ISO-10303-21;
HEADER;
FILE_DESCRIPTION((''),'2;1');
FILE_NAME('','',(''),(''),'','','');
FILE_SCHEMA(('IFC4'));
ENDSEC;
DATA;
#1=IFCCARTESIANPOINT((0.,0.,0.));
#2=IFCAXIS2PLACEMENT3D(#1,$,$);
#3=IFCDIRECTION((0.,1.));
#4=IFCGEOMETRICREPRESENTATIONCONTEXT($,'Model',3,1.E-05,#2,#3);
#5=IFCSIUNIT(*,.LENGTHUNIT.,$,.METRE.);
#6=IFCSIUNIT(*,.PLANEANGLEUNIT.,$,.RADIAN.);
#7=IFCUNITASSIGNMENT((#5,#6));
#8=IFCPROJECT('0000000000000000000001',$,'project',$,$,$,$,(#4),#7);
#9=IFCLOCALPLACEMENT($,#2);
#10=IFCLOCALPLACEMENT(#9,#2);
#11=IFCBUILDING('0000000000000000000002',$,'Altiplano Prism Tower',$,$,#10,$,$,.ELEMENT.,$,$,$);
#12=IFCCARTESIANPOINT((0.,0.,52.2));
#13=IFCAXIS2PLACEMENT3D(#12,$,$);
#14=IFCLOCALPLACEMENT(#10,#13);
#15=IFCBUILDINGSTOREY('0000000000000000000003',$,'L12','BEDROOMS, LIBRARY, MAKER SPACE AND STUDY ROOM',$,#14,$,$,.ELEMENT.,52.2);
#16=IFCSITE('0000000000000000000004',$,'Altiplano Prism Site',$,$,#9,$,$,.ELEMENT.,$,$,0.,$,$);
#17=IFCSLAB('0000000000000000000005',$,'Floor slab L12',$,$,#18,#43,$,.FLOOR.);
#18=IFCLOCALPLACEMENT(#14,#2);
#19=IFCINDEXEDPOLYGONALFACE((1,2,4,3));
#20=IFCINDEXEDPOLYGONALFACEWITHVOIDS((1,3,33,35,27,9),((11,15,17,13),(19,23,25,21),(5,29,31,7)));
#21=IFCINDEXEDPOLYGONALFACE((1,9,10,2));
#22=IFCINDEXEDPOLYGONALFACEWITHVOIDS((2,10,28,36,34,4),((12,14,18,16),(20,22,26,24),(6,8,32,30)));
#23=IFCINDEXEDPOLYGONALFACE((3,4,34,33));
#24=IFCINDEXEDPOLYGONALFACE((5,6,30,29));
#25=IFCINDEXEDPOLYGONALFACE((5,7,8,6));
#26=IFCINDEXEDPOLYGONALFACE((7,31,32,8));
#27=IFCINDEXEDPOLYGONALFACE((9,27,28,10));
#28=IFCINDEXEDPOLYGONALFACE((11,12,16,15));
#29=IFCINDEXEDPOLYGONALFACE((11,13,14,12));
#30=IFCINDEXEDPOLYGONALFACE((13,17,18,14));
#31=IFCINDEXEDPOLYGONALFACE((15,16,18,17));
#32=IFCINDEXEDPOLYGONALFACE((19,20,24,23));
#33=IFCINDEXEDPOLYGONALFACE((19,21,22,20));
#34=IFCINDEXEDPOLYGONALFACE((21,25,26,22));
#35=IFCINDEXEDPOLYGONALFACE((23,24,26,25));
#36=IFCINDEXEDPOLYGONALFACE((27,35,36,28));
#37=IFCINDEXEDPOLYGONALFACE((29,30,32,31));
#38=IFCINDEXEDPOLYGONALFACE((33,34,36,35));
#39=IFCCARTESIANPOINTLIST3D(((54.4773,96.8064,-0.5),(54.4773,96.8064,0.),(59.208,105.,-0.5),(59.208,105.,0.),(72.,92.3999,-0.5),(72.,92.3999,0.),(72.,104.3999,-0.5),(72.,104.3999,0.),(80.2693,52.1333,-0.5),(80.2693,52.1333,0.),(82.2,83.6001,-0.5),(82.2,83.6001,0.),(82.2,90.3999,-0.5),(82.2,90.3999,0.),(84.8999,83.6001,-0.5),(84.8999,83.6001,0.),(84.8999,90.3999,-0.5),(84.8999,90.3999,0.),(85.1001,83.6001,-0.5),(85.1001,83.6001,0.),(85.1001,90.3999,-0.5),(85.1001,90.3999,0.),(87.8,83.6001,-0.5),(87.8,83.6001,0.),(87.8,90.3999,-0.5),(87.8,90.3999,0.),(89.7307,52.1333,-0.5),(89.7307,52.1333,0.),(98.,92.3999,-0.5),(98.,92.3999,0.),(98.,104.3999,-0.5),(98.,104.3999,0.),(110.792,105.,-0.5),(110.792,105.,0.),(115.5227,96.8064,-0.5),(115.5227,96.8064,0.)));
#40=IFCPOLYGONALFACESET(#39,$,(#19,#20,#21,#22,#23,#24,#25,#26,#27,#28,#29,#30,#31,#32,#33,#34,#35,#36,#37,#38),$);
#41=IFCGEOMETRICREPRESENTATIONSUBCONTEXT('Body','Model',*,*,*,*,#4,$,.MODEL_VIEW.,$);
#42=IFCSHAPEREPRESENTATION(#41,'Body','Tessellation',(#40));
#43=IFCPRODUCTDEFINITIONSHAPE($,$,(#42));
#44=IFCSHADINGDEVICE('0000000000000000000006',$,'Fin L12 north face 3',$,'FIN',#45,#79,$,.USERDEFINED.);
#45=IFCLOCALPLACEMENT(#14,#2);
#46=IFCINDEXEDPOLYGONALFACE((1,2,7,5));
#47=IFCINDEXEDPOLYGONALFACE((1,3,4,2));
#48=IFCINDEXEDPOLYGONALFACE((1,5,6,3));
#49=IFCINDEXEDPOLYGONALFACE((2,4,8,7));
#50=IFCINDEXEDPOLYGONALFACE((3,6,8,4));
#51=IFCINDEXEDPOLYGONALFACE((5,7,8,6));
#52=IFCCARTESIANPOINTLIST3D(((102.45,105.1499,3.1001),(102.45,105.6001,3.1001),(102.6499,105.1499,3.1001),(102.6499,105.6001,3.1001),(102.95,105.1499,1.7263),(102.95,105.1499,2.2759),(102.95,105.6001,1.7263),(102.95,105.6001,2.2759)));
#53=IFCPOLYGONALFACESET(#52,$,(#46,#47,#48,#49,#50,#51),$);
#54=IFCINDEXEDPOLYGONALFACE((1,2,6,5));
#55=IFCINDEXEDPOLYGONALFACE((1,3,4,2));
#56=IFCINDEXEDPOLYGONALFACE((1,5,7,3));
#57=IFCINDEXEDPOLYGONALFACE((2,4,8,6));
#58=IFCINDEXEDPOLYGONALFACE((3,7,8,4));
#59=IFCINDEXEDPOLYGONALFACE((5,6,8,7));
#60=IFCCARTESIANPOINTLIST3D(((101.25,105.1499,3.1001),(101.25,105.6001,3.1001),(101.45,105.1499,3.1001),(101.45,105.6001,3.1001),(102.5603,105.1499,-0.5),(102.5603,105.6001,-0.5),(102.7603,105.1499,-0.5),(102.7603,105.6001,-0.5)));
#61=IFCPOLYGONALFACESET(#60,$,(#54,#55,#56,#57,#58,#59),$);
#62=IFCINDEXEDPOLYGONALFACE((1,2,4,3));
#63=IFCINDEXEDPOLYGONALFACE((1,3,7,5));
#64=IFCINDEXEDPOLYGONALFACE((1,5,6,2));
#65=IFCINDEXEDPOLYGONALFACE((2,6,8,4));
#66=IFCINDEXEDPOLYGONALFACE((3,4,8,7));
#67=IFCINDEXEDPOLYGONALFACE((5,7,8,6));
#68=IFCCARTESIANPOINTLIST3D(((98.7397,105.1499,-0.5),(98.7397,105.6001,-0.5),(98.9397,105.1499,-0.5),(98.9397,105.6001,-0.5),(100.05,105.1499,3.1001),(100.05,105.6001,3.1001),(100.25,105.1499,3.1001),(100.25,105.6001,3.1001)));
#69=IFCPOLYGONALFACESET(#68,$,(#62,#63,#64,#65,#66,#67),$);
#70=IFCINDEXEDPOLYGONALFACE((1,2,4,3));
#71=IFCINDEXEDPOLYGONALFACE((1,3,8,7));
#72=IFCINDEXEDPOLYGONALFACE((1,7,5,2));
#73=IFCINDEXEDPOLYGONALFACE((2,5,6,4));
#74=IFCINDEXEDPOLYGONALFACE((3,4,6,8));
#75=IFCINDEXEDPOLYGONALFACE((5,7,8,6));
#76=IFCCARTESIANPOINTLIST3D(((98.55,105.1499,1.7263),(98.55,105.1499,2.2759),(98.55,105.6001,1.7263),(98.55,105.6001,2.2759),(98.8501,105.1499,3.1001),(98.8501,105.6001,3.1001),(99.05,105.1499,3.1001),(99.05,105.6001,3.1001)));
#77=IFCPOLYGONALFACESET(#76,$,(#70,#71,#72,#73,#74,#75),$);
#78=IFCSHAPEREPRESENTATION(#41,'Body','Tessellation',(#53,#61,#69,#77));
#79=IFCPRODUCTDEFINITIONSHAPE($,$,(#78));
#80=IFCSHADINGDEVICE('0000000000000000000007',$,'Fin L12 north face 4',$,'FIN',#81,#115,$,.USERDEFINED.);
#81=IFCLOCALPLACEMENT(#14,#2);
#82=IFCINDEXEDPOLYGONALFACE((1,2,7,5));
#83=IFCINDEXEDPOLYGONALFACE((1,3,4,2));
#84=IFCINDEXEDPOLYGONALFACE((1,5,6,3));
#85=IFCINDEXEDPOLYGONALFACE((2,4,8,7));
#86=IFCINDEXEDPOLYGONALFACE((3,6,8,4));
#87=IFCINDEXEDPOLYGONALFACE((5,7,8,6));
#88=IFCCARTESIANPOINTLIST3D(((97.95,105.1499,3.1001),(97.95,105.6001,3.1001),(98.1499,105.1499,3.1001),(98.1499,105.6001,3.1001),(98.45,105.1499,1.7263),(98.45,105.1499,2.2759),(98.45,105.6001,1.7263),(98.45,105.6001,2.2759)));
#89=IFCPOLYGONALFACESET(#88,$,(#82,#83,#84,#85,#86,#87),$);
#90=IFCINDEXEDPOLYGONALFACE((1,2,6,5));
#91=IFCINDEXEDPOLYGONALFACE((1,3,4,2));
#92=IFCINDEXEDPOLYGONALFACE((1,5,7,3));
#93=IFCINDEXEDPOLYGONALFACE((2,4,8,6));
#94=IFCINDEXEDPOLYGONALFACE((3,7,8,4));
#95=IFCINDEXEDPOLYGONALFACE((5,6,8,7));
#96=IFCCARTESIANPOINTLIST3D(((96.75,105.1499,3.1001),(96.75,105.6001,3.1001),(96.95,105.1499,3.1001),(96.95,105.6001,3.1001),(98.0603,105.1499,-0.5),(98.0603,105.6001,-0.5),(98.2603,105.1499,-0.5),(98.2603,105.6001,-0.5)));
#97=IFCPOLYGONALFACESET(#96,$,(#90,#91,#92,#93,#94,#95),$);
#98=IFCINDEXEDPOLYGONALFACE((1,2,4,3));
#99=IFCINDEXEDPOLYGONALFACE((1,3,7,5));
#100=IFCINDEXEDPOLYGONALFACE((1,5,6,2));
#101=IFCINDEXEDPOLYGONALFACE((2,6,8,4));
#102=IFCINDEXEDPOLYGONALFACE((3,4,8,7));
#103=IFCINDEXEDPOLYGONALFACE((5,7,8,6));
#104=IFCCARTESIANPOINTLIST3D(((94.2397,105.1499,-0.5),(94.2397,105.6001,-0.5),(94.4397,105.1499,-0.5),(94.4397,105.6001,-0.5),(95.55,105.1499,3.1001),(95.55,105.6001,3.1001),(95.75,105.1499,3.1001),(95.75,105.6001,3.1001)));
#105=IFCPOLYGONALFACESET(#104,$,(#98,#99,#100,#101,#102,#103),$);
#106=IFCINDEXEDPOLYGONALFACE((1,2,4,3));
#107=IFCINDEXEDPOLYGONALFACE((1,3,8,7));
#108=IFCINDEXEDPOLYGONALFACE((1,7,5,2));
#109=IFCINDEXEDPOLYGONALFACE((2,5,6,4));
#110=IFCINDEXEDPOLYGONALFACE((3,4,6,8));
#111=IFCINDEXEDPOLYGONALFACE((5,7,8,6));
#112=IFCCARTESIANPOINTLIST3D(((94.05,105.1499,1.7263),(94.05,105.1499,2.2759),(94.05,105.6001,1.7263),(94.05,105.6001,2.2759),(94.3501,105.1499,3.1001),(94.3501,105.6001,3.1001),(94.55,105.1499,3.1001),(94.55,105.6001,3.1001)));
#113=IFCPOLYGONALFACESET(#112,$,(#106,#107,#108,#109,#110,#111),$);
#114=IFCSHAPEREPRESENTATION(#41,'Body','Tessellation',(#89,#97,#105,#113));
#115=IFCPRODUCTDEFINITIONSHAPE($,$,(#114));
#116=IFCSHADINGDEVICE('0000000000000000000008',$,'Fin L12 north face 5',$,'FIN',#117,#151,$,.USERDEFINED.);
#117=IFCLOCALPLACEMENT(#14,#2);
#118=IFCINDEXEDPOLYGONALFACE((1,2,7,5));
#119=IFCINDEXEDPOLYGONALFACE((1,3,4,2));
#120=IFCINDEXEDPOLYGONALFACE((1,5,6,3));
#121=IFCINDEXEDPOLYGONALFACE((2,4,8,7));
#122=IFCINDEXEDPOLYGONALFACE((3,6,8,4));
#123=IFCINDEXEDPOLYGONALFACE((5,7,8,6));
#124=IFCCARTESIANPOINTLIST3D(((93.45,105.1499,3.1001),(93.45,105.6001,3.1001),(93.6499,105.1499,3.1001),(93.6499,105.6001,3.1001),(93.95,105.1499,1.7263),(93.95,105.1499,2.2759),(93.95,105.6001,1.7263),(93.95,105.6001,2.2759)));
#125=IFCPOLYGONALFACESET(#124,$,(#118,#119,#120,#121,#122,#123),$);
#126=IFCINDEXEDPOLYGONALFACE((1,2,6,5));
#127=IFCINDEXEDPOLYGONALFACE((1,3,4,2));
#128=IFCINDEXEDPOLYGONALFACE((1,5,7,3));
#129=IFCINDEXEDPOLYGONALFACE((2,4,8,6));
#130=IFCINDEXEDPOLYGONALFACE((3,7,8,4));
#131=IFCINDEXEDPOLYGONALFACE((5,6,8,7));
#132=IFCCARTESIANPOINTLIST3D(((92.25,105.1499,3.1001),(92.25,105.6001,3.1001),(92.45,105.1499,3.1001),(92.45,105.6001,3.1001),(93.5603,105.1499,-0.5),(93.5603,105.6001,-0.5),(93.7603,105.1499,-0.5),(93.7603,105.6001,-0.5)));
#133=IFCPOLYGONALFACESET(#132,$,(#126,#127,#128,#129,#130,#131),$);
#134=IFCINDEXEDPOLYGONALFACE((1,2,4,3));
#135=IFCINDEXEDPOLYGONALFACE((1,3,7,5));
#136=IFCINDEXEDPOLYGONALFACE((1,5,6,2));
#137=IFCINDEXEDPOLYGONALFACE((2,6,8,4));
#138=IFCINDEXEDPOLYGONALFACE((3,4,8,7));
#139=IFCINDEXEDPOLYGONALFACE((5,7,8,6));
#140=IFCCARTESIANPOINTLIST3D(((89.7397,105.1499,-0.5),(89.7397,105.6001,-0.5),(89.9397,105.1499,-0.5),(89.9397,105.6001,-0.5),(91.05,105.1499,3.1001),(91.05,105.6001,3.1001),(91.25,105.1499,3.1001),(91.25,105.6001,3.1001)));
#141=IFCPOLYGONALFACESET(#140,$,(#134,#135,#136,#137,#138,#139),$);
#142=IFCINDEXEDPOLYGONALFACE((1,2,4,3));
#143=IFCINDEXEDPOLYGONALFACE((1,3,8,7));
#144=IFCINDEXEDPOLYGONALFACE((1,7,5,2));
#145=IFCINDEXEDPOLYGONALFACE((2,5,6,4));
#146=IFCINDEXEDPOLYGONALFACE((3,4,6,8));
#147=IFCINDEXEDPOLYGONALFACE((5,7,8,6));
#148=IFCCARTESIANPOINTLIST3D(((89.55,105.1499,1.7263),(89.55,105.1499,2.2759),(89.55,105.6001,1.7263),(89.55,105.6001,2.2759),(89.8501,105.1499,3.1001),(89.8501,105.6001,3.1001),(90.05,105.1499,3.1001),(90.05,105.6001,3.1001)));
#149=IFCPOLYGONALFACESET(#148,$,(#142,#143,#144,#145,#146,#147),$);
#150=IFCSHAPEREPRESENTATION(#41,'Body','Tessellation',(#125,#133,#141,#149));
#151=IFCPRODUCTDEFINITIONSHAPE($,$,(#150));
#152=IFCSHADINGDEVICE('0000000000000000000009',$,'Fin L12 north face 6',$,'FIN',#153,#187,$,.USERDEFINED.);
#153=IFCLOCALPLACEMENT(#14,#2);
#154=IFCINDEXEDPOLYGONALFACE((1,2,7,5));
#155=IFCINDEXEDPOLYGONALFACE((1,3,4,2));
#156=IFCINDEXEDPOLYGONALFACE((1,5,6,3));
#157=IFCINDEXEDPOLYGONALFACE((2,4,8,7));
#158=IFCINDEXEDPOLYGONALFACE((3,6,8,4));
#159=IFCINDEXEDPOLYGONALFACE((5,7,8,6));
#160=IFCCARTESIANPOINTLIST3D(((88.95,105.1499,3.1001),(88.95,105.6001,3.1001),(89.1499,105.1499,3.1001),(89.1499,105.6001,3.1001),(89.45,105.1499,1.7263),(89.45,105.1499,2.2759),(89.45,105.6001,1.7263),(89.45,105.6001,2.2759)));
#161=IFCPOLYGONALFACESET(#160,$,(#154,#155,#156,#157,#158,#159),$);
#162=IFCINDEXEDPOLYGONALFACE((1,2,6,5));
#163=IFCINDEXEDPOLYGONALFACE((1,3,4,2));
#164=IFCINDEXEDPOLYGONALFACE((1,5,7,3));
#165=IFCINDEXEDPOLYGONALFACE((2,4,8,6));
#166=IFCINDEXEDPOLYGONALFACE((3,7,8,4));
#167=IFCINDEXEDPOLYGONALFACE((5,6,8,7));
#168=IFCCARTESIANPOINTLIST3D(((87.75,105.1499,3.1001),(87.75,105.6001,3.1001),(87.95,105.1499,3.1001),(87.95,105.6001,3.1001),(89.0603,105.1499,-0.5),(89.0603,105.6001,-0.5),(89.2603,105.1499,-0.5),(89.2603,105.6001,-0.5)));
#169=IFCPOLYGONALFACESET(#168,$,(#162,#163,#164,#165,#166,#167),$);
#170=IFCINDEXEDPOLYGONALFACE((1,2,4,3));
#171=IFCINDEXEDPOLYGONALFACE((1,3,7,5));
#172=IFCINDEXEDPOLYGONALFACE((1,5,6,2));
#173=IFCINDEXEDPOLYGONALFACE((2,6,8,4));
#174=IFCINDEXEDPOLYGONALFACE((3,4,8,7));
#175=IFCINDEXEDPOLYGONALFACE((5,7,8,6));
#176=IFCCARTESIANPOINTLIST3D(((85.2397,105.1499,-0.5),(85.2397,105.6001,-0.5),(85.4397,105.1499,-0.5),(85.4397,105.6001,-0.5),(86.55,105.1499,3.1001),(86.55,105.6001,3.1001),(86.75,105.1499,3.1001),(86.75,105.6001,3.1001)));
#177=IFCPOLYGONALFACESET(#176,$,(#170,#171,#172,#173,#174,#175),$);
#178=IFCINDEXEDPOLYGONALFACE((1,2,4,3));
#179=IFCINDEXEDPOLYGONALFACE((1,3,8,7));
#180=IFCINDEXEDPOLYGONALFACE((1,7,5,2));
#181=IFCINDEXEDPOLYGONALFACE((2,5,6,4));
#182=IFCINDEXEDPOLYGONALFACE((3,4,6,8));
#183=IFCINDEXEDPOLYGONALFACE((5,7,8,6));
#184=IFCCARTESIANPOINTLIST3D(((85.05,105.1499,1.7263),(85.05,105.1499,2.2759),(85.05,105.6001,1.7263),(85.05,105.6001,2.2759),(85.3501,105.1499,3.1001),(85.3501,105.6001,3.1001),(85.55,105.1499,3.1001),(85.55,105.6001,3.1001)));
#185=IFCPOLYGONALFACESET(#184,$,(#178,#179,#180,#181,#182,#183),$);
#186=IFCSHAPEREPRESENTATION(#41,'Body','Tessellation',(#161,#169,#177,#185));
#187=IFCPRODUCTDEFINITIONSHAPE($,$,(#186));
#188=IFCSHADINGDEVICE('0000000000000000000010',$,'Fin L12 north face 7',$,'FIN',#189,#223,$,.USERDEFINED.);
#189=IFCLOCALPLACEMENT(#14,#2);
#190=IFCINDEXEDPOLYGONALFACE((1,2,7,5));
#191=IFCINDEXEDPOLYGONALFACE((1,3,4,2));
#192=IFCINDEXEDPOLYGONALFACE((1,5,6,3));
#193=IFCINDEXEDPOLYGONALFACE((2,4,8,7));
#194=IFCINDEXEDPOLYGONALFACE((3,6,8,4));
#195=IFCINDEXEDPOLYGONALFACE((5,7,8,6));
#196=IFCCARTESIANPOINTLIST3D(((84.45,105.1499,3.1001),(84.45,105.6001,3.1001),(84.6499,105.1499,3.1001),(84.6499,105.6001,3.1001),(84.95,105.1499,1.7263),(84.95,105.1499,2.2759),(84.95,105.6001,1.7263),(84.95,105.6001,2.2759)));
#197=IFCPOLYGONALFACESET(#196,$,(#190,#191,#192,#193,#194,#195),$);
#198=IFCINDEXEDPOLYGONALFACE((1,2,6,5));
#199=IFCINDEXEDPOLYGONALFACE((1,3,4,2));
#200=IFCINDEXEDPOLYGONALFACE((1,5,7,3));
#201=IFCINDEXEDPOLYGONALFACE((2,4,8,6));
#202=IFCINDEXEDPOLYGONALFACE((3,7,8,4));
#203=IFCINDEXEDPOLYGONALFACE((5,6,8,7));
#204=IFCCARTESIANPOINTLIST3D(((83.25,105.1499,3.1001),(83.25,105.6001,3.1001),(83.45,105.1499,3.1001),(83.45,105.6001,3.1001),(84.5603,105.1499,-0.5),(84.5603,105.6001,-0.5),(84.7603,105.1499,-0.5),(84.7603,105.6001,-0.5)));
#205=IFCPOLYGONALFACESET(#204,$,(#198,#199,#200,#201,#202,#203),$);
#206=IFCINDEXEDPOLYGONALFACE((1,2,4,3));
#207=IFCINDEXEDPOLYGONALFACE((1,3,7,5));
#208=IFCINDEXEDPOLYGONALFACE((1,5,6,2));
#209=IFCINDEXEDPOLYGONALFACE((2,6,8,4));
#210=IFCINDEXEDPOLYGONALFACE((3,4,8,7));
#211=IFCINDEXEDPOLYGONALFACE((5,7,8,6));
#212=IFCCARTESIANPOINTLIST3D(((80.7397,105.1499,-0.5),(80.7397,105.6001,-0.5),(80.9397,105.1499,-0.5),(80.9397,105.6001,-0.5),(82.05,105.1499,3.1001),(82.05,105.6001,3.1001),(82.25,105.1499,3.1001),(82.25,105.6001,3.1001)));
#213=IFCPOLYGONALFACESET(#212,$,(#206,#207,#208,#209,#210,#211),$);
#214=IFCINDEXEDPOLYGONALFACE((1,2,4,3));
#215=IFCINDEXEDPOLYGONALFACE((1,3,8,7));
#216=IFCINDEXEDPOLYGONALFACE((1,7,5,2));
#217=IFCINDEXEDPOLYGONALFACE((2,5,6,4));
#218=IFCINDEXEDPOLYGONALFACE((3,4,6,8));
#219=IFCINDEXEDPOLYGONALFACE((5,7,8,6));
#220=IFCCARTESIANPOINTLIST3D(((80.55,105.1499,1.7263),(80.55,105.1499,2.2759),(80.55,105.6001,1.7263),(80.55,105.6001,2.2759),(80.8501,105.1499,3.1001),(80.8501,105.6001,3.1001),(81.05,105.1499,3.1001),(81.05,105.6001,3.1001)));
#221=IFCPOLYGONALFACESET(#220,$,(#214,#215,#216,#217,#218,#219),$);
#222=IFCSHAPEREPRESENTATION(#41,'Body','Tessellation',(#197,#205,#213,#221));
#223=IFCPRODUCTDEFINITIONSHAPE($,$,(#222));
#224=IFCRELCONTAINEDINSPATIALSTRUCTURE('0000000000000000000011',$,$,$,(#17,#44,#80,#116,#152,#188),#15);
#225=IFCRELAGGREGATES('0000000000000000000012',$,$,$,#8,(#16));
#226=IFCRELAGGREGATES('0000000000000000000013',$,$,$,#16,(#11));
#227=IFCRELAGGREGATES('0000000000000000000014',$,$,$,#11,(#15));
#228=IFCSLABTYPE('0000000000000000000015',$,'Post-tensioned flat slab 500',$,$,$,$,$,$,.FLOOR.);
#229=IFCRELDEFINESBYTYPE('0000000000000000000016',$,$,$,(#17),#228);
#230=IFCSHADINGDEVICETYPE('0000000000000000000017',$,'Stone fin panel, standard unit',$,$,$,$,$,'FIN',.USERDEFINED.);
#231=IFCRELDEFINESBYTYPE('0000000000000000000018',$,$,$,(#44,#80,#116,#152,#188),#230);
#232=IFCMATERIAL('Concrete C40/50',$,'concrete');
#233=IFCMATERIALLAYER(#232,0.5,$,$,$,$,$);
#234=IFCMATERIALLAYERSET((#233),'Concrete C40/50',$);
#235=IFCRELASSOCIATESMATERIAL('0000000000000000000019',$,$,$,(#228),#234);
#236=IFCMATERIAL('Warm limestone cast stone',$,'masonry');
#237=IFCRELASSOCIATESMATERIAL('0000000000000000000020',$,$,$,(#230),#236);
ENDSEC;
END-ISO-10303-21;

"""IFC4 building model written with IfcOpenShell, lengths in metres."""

from ifc_helpers import new_model, si_unit, direction, frame, origin, place, context, subcontext, project, spatial, polyline, outline, extrude, source, transform, mapped, material, layer, layer_set, type_object, element, save


model = new_model("IFC4")

# Units and contexts
model_context = context("Model", 3, precision=1e-05, world=origin(), true_north=direction((0.0, 1.0)))
body_context = subcontext(model_context, "Body", "Model", "MODEL_VIEW")
ifc_project = project(units=[si_unit("LENGTHUNIT", "METRE"), si_unit("PLANEANGLEUNIT", "RADIAN")], contexts=[model_context])

# Site, building, storey
site_placement = place(None, origin())
site = spatial("IfcSite", under=ifc_project, at=site_placement, Name="Altiplano Prism Site", CompositionType="ELEMENT", RefElevation=0.0)
building_placement = place(site_placement, origin())
building = spatial("IfcBuilding", under=site, at=building_placement, Name="Altiplano Prism Tower", CompositionType="ELEMENT")
storey_placement = place(building_placement, frame((0.0, 0.0, 52.2)))
storey = spatial("IfcBuildingStorey", under=building, at=storey_placement, Name="L12", Description="BEDROOMS, LIBRARY, MAKER SPACE AND STUDY ROOM", CompositionType="ELEMENT", Elevation=52.2)

# Slab
ifc_material_1 = material(Name="Concrete C40/50", Category="concrete")
ifc_layer = layer(ifc_material_1, 0.5)
ifc_layer_set = layer_set([ifc_layer], Name="Concrete C40/50")
slab_type = type_object("IfcSlabType", Name="Post-tensioned flat slab 500", PredefinedType="FLOOR", material=ifc_layer_set)
slab_placement = place(storey_placement, frame((0.0, 0.0, -0.5)))
element("IfcSlab", 1, at=slab_placement, inside=storey, type_object=slab_type, Name="Floor slab L12", PredefinedType="FLOOR", context=body_context, shape_type="SweptSolid", body=[
    extrude(outline(polyline([(80.2693, 52.1333), (54.4773, 96.8064), (59.208, 105.0), (110.792, 105.0), (115.5227, 96.8064), (89.7307, 52.1333), (80.2693, 52.1333)]), holes=[polyline([(72.0, 104.3999), (72.0, 92.3999), (98.0, 92.3999), (98.0, 104.3999), (72.0, 104.3999)]), polyline([(84.8999, 90.3999), (82.2, 90.3999), (82.2, 83.6001), (84.8999, 83.6001), (84.8999, 90.3999)]), polyline([(87.8, 83.6001), (87.8, 90.3999), (85.1001, 90.3999), (85.1001, 83.6001), (87.8, 83.6001)])]), origin(), (0.0, 0.0, 1.0), 0.5),
])

# Shading devices
ifc_material_2 = material(Name="Warm limestone cast stone", Category="masonry")
shading_device_type_1 = type_object("IfcShadingDeviceType", Name="Stone fin panel, standard unit", ElementType="FIN", PredefinedType="USERDEFINED", material=ifc_material_2)
shared_shape_1 = source(origin(), body_context, "Body", "SweptSolid", [
    extrude(outline(polyline([(-2.2, 2.2263), (-1.7, 3.6001), (-1.8999, 3.6001), (-2.2, 2.7759), (-2.2, 2.2263)])), frame((0.0, -0.1499, 0.0), z_axis=(0.0, -1.0, 0.0), x_axis=(1.0, 0.0, 0.0)), (0.0, 0.0, 1.0), 0.4502),
    extrude(outline(polyline([(-2.0103, 0.0), (-1.8103, 0.0), (-0.5, 3.6001), (-0.7, 3.6001), (-2.0103, 0.0)])), frame((0.0, -0.1499, 0.0), z_axis=(0.0, -1.0, 0.0), x_axis=(1.0, 0.0, 0.0)), (0.0, 0.0, 1.0), 0.4502),
    extrude(outline(polyline([(1.8103, 0.0), (2.0103, 0.0), (0.7, 3.6001), (0.5, 3.6001), (1.8103, 0.0)])), frame((0.0, -0.1499, 0.0), z_axis=(0.0, -1.0, 0.0), x_axis=(1.0, 0.0, 0.0)), (0.0, 0.0, 1.0), 0.4502),
    extrude(outline(polyline([(2.2, 2.7759), (1.8999, 3.6001), (1.7, 3.6001), (2.2, 2.2263), (2.2, 2.7759)])), frame((0.0, -0.1499, 0.0), z_axis=(0.0, -1.0, 0.0), x_axis=(1.0, 0.0, 0.0)), (0.0, 0.0, 1.0), 0.4502),
])
shading_device_1_placement = place(storey_placement, origin())
element("IfcShadingDevice", 2, at=shading_device_1_placement, inside=storey, type_object=shading_device_type_1, Name="Fin L12 north face 3", ObjectType="FIN", PredefinedType="USERDEFINED", context=body_context, shape_type="MappedRepresentation", body=[
    mapped(shared_shape_1, transform((100.75, 105.0, -0.5), x_axis=(-1.0, 0.0, 0.0), y_axis=(0.0, -1.0, 0.0), z_axis=(0.0, 0.0, 1.0))),
])
shading_device_2_placement = place(storey_placement, origin())
element("IfcShadingDevice", 3, at=shading_device_2_placement, inside=storey, type_object=shading_device_type_1, Name="Fin L12 north face 4", ObjectType="FIN", PredefinedType="USERDEFINED", context=body_context, shape_type="MappedRepresentation", body=[
    mapped(shared_shape_1, transform((96.25, 105.0, -0.5), x_axis=(-1.0, 0.0, 0.0), y_axis=(0.0, -1.0, 0.0), z_axis=(0.0, 0.0, 1.0))),
])
shading_device_3_placement = place(storey_placement, origin())
element("IfcShadingDevice", 4, at=shading_device_3_placement, inside=storey, type_object=shading_device_type_1, Name="Fin L12 north face 5", ObjectType="FIN", PredefinedType="USERDEFINED", context=body_context, shape_type="MappedRepresentation", body=[
    mapped(shared_shape_1, transform((91.75, 105.0, -0.5), x_axis=(-1.0, 0.0, 0.0), y_axis=(0.0, -1.0, 0.0), z_axis=(0.0, 0.0, 1.0))),
])
shading_device_4_placement = place(storey_placement, origin())
element("IfcShadingDevice", 5, at=shading_device_4_placement, inside=storey, type_object=shading_device_type_1, Name="Fin L12 north face 6", ObjectType="FIN", PredefinedType="USERDEFINED", context=body_context, shape_type="MappedRepresentation", body=[
    mapped(shared_shape_1, transform((87.25, 105.0, -0.5), x_axis=(-1.0, 0.0, 0.0), y_axis=(0.0, -1.0, 0.0), z_axis=(0.0, 0.0, 1.0))),
])
shading_device_5_placement = place(storey_placement, origin())
element("IfcShadingDevice", 6, at=shading_device_5_placement, inside=storey, type_object=shading_device_type_1, Name="Fin L12 north face 7", ObjectType="FIN", PredefinedType="USERDEFINED", context=body_context, shape_type="MappedRepresentation", body=[
    mapped(shared_shape_1, transform((82.75, 105.0, -0.5), x_axis=(-1.0, 0.0, 0.0), y_axis=(0.0, -1.0, 0.0), z_axis=(0.0, 0.0, 1.0))),
])

save(model, "model.ifc")
